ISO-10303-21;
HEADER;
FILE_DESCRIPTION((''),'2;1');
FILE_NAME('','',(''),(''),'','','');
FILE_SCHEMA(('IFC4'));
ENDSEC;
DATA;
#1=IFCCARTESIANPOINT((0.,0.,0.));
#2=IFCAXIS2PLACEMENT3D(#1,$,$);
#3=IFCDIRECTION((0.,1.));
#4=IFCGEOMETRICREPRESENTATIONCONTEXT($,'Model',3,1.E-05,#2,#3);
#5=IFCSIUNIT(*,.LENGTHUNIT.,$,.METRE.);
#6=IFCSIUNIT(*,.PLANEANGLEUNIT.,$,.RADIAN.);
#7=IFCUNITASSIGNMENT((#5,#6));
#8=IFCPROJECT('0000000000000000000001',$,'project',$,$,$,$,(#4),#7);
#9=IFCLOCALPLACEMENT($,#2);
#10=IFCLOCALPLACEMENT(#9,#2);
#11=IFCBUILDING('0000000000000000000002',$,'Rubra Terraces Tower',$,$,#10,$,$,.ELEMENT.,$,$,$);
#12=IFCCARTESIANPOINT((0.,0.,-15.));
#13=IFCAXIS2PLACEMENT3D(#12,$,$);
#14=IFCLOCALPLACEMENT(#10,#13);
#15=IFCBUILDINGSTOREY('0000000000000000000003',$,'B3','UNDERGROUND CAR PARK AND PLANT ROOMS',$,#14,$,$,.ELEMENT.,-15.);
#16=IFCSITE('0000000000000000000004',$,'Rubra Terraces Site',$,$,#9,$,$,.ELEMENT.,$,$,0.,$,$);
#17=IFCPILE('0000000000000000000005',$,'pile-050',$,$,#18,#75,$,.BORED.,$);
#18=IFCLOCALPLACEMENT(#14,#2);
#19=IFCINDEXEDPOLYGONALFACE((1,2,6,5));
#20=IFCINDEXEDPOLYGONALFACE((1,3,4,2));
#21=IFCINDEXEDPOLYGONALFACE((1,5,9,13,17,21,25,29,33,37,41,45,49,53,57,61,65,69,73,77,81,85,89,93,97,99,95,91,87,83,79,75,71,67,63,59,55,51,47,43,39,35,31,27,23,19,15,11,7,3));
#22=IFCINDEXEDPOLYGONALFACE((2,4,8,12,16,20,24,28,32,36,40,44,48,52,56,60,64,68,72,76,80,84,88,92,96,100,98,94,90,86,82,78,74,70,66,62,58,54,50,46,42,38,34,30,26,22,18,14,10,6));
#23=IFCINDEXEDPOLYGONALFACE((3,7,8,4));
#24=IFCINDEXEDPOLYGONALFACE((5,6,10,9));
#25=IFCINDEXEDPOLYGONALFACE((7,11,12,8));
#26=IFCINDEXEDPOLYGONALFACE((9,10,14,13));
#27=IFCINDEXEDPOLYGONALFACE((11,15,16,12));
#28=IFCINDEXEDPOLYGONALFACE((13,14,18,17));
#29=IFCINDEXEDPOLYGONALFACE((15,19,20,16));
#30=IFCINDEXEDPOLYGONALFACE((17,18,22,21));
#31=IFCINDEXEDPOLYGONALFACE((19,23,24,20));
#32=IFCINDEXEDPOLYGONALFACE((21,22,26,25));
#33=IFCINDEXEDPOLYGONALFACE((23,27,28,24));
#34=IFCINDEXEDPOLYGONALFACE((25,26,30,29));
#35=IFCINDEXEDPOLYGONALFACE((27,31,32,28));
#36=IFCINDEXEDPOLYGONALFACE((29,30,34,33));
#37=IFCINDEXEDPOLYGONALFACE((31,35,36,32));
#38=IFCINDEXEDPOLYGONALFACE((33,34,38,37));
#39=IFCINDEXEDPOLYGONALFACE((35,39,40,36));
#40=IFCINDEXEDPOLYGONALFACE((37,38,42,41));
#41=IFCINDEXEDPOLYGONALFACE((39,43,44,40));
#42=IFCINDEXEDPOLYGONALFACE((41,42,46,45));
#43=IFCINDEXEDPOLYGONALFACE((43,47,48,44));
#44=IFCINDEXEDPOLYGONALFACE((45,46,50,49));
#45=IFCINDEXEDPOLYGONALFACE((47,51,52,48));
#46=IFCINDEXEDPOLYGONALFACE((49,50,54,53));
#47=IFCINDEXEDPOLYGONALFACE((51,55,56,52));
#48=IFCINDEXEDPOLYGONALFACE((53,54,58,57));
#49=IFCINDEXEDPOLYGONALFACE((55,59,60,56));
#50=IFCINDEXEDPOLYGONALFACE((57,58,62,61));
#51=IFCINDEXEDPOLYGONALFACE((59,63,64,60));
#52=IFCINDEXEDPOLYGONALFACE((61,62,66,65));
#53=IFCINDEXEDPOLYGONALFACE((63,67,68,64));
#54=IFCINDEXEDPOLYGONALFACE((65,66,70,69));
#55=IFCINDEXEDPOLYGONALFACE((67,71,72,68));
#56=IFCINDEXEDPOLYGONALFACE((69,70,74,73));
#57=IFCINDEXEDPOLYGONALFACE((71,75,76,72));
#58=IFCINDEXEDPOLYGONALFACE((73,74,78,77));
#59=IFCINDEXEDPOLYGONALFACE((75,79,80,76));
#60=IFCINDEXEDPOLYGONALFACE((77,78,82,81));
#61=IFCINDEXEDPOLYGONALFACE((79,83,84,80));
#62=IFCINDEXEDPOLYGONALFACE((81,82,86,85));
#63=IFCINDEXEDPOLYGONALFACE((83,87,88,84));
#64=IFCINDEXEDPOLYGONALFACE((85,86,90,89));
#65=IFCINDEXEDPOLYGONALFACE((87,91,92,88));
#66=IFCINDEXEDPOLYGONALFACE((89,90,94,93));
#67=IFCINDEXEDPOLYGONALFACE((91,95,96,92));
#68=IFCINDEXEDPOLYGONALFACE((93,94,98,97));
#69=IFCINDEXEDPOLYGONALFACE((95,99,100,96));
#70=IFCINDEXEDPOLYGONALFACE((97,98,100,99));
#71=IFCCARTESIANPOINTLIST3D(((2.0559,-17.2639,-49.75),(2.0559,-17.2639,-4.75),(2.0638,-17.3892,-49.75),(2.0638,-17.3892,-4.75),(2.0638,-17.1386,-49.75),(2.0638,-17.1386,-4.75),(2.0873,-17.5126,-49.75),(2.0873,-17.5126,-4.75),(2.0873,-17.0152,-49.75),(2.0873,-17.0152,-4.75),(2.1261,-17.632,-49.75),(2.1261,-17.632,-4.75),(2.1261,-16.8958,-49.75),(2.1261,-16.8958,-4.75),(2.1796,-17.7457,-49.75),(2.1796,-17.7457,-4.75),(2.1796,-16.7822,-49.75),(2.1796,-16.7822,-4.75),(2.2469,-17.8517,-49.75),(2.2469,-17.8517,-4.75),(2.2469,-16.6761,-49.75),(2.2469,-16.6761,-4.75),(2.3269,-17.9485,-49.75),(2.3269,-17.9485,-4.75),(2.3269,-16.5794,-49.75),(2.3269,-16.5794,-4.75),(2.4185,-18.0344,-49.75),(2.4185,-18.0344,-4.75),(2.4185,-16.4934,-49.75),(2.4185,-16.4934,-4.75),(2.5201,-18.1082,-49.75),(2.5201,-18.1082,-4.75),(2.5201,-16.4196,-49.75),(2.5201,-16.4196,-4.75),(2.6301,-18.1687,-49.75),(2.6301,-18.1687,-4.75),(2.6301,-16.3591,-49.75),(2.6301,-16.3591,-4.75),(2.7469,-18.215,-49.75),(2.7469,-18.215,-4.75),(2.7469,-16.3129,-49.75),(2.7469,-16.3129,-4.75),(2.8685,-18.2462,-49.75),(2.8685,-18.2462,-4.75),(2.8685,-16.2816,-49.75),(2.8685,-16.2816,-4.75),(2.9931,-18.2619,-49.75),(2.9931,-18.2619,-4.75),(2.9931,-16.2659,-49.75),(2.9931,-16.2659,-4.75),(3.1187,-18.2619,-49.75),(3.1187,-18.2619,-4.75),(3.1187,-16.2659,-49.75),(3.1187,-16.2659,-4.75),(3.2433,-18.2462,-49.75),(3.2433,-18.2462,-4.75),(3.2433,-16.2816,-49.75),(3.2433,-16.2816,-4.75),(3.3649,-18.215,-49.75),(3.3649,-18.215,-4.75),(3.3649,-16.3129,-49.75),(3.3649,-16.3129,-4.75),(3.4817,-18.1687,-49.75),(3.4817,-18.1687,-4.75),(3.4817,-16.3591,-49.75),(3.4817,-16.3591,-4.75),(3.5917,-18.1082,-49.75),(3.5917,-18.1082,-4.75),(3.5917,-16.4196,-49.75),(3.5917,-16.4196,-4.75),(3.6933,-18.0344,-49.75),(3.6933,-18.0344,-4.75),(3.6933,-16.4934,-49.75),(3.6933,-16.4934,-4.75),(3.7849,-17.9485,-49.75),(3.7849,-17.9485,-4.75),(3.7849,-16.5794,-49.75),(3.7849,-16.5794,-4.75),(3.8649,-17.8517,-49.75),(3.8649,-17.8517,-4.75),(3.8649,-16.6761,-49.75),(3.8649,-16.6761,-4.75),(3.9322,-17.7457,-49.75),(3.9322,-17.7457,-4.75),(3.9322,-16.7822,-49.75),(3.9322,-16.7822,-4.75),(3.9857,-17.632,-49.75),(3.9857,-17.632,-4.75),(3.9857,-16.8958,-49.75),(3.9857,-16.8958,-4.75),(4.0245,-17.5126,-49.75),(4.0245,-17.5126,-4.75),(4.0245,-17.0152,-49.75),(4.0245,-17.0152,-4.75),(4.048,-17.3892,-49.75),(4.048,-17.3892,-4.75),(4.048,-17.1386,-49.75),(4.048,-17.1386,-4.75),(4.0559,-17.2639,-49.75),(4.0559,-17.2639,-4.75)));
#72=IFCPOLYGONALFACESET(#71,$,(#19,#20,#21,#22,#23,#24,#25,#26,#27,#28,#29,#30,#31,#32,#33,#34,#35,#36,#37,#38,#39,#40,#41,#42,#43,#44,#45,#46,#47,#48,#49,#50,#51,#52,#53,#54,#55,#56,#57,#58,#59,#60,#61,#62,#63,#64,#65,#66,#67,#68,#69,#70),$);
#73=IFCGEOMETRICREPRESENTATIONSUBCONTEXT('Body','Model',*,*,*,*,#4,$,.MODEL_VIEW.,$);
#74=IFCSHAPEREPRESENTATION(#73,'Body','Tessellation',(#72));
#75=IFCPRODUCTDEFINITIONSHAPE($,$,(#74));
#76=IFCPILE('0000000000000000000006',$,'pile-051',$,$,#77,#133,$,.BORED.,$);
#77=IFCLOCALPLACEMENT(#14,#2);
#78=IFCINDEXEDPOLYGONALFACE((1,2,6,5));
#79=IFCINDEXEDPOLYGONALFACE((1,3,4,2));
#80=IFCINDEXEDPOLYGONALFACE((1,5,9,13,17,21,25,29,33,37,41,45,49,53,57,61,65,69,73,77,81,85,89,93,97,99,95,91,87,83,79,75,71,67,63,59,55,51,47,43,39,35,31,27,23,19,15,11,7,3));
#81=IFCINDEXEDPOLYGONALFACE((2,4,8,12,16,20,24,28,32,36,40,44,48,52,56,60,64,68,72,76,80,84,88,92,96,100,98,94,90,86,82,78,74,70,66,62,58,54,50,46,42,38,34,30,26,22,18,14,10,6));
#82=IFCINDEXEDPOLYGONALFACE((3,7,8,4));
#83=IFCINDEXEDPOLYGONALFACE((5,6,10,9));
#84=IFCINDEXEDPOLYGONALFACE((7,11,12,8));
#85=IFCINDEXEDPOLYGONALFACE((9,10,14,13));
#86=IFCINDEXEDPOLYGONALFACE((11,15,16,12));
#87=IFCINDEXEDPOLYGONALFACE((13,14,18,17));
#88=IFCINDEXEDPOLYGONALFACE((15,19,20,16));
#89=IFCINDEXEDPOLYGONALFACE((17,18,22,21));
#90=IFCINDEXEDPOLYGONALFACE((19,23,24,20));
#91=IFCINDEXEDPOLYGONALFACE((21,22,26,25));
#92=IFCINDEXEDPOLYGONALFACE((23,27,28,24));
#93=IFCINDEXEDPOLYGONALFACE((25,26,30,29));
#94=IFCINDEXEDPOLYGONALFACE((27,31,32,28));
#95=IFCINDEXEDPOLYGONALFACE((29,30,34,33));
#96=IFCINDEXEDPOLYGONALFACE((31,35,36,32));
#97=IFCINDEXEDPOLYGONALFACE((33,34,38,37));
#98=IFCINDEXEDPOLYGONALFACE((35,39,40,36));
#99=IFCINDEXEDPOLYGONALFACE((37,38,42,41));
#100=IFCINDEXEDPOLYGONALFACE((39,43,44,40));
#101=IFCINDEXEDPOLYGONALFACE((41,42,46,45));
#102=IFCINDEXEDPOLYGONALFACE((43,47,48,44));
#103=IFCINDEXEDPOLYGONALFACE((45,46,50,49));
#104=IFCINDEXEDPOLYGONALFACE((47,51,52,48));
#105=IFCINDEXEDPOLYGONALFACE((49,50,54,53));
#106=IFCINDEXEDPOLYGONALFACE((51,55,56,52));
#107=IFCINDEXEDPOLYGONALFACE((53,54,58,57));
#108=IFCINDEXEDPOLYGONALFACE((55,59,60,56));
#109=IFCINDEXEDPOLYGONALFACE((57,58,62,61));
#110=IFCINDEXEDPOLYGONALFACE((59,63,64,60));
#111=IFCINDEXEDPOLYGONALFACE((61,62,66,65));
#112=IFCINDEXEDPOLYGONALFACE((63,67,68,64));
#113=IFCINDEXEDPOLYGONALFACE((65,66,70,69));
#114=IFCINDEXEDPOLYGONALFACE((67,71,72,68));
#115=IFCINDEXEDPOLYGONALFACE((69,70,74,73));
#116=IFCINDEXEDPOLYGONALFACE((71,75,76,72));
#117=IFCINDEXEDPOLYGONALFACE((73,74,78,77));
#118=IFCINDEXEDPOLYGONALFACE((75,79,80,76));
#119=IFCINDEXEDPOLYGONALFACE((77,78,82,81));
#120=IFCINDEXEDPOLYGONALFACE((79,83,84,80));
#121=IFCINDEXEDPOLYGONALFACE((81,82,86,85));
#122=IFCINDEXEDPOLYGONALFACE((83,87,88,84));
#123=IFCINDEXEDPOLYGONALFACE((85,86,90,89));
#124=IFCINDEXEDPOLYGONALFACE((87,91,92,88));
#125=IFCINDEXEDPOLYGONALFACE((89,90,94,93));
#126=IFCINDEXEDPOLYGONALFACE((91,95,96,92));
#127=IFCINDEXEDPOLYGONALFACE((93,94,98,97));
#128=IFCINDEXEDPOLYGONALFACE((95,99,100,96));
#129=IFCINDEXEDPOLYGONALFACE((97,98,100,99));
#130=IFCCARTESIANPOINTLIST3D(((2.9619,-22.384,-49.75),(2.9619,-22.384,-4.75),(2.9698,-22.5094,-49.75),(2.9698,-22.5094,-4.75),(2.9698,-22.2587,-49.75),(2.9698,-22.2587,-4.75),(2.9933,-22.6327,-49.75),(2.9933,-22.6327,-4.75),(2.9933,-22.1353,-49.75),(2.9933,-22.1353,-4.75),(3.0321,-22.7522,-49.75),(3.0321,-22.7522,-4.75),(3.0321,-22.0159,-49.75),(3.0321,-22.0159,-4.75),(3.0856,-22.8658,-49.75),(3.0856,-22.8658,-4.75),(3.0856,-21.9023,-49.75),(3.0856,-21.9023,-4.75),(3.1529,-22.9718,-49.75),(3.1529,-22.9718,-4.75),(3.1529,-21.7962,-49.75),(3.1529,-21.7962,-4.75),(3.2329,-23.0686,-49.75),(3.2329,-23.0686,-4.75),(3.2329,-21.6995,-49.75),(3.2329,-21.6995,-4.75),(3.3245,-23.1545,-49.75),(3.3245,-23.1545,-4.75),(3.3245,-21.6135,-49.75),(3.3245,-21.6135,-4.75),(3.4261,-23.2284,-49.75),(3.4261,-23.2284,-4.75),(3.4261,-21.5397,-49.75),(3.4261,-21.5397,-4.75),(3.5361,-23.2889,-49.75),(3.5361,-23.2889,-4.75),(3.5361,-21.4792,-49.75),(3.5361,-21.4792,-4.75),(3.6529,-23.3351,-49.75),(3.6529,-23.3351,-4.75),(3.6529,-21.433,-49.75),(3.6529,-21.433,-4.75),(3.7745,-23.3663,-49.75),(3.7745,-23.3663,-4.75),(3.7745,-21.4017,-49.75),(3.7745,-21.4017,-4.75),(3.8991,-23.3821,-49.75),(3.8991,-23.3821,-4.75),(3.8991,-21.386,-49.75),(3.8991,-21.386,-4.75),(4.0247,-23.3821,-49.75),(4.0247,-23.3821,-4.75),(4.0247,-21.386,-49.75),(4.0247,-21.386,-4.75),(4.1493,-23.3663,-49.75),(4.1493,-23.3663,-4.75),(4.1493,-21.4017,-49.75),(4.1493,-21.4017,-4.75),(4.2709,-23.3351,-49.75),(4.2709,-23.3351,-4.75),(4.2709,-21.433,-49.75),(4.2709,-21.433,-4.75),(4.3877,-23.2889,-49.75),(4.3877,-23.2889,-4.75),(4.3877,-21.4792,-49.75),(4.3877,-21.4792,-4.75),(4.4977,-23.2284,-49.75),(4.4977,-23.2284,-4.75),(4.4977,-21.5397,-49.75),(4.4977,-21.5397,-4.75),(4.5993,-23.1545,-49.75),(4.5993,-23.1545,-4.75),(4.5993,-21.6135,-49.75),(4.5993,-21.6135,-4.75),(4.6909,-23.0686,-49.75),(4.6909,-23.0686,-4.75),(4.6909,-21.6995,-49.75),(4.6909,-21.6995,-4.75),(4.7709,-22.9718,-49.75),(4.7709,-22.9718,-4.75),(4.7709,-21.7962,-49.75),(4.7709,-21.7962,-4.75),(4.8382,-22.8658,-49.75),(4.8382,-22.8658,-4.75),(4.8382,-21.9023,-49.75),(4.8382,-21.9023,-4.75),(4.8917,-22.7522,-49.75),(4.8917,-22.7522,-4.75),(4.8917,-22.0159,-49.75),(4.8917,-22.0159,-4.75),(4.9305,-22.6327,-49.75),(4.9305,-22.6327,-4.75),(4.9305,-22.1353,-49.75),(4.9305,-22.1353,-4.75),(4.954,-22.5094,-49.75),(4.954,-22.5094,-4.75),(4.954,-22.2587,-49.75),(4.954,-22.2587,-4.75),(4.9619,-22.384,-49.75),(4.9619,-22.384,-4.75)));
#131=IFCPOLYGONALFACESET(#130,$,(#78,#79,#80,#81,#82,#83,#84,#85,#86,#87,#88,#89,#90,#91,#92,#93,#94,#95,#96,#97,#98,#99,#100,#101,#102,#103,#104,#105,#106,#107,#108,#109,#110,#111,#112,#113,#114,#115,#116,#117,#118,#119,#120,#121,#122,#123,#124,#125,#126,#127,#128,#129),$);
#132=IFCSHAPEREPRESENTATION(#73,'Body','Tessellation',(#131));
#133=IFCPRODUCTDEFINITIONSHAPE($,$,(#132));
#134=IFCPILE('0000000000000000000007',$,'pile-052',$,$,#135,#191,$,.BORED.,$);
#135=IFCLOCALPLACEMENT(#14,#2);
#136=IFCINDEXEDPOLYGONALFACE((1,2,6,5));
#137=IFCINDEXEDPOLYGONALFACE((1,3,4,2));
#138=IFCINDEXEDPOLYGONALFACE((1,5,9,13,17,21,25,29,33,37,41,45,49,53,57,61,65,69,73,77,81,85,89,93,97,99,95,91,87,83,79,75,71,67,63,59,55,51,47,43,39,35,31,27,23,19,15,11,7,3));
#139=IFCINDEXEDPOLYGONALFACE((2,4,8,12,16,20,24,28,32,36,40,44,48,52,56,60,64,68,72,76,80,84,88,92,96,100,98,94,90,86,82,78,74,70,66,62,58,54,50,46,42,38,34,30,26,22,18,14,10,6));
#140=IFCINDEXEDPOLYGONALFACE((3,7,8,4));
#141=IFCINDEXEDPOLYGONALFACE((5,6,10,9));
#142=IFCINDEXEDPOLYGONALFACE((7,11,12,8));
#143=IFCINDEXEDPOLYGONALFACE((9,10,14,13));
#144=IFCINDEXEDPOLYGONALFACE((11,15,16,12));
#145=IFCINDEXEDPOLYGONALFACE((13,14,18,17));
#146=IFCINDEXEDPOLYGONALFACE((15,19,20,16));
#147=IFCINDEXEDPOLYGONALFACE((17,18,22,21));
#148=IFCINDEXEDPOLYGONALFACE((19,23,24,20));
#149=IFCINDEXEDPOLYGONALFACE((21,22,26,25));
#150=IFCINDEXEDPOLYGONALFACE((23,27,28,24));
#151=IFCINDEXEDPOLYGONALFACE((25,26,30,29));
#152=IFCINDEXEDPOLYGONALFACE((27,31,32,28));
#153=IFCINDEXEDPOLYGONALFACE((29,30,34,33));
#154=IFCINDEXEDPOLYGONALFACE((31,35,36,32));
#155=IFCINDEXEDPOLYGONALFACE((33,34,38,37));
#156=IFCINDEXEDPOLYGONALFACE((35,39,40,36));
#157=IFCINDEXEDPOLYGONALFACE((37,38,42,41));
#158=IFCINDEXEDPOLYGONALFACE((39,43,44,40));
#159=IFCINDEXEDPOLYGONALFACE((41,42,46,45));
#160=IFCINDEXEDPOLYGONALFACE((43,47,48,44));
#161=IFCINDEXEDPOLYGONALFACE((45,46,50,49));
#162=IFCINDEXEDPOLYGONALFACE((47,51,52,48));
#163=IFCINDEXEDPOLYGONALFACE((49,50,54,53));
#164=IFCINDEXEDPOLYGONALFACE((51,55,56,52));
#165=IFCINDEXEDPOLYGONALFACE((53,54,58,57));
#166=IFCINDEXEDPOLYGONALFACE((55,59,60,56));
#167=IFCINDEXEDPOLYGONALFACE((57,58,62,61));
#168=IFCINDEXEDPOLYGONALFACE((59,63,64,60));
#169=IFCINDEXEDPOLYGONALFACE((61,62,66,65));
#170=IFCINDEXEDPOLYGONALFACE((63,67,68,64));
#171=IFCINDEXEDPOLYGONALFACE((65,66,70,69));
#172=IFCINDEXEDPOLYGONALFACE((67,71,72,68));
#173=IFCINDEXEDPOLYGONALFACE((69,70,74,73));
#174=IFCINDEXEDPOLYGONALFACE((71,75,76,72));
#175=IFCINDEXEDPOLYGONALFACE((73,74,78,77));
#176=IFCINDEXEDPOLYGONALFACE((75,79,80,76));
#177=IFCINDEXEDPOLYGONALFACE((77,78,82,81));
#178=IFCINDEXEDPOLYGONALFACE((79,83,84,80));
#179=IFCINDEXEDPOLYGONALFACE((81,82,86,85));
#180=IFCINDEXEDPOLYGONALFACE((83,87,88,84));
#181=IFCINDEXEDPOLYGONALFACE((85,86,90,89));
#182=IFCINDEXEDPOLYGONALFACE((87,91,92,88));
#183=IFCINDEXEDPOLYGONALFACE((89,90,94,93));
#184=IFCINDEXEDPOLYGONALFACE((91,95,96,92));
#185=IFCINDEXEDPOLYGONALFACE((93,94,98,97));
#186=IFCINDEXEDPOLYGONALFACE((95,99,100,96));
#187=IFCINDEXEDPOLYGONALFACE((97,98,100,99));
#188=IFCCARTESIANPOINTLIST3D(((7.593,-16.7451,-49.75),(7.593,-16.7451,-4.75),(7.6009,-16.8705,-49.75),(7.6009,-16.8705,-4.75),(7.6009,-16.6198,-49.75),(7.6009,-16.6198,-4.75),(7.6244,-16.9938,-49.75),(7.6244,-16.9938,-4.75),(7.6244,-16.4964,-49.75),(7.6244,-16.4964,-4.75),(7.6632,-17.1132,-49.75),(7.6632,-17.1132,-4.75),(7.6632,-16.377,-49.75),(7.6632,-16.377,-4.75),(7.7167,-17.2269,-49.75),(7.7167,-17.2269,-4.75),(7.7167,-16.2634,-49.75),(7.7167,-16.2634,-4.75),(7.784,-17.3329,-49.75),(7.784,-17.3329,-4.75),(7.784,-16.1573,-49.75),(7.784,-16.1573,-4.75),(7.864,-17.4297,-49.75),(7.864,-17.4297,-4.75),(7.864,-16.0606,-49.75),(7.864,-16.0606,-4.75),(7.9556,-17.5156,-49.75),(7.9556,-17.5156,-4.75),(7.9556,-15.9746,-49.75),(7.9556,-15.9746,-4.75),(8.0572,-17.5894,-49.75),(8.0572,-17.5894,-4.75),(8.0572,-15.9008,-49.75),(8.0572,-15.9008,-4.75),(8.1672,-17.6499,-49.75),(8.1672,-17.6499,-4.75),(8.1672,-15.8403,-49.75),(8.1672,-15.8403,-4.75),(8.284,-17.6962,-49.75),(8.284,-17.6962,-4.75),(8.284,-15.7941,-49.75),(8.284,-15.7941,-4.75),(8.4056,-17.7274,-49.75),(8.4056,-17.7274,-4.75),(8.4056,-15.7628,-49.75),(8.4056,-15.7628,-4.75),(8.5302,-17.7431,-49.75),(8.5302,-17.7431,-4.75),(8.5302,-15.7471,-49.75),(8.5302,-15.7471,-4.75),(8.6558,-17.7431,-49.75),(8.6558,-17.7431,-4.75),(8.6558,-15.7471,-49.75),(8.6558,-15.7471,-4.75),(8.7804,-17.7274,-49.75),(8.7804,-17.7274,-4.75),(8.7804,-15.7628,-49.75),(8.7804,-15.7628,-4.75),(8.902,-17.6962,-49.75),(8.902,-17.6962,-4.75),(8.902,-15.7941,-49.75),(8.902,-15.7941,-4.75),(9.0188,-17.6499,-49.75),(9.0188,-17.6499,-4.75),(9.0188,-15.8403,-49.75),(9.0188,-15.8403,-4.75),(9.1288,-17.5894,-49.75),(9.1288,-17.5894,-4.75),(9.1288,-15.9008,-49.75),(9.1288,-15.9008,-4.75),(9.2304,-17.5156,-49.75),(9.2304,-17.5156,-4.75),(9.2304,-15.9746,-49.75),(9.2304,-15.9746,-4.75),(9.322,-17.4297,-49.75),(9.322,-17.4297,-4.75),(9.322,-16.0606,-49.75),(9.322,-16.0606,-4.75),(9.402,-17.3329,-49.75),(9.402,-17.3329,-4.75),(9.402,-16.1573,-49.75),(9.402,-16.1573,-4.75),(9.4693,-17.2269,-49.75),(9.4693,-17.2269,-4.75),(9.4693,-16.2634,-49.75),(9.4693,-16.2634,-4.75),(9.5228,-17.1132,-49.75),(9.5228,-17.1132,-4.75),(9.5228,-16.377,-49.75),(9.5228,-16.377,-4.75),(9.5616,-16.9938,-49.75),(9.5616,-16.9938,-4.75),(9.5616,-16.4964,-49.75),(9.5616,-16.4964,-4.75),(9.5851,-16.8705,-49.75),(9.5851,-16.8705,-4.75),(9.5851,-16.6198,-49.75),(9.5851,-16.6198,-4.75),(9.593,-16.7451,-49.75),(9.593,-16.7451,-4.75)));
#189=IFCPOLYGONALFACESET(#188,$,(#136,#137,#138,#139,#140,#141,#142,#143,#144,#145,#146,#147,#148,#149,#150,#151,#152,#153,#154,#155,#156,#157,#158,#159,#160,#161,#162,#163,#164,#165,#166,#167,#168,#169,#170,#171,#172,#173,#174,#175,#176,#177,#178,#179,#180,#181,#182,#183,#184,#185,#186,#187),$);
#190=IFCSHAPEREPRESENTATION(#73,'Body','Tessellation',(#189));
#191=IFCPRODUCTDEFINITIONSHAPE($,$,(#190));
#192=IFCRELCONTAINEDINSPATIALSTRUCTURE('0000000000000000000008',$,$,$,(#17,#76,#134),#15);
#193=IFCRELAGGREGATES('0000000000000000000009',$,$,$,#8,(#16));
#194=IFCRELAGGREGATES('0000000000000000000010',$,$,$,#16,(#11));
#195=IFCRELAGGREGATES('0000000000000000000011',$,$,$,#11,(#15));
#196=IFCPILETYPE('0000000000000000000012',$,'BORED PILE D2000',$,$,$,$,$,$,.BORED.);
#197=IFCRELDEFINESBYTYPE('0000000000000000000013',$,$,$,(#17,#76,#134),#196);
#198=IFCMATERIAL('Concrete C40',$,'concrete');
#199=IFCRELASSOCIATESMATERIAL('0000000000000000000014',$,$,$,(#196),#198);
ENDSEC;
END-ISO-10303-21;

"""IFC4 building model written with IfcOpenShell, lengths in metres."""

from ifc_helpers import new_model, si_unit, direction, frame, origin, origin_2d, place, context, subcontext, project, spatial, circle, extrude, material, material_profile, profile_set, type_object, element, save


model = new_model("IFC4")

# Units and contexts
model_context = context("Model", 3, precision=1e-05, world=origin(), true_north=direction((0.0, 1.0)))
body_context = subcontext(model_context, "Body", "Model", "MODEL_VIEW")
ifc_project = project(units=[si_unit("LENGTHUNIT", "METRE"), si_unit("PLANEANGLEUNIT", "RADIAN")], contexts=[model_context])

# Site, building, storey
site_placement = place(None, origin())
site = spatial("IfcSite", under=ifc_project, at=site_placement, Name="Rubra Terraces Site", CompositionType="ELEMENT", RefElevation=0.0)
building_placement = place(site_placement, origin())
building = spatial("IfcBuilding", under=site, at=building_placement, Name="Rubra Terraces Tower", CompositionType="ELEMENT")
storey_placement = place(building_placement, frame((0.0, 0.0, -15.0)))
storey = spatial("IfcBuildingStorey", under=building, at=storey_placement, Name="B3", Description="UNDERGROUND CAR PARK AND PLANT ROOMS", CompositionType="ELEMENT", Elevation=-15.0)

# Piles
ifc_material_1 = material(Name="Concrete C40", Category="concrete")
ifc_material_profile_1 = material_profile(ifc_material_1, circle(Radius=1.0, at=origin_2d()), Name="BORED PILE D2000")
ifc_profile_set_1 = profile_set([ifc_material_profile_1], Name="Concrete C40")
pile_type = type_object("IfcPileType", Name="BORED PILE D2000", PredefinedType="BORED", material=ifc_profile_set_1)
for number, where, z_axis, x_axis, name in (
    (1, (3.0559, -17.2639, -4.75), (0.0, 0.0, -1.0), (1.0, 0.0, 0.0), "pile-050"),
    (2, (3.9619, -22.384, -4.75), (0.0, 0.0, -1.0), (1.0, 0.0, 0.0), "pile-051"),
    (3, (8.593, -16.7451, -4.75), (0.0, 0.0, -1.0), (1.0, 0.0, 0.0), "pile-052"),
):
    element("IfcPile", number, at=place(storey_placement, frame(where, z_axis=z_axis, x_axis=x_axis)), inside=storey, type_object=pile_type, Name=name, PredefinedType="BORED", context=body_context, shape_type="SweptSolid", body=[
        extrude(circle(Radius=1.0, at=origin_2d()), origin(), (0.0, 0.0, 1.0), 45.0),
    ])

save(model, "model.ifc")
